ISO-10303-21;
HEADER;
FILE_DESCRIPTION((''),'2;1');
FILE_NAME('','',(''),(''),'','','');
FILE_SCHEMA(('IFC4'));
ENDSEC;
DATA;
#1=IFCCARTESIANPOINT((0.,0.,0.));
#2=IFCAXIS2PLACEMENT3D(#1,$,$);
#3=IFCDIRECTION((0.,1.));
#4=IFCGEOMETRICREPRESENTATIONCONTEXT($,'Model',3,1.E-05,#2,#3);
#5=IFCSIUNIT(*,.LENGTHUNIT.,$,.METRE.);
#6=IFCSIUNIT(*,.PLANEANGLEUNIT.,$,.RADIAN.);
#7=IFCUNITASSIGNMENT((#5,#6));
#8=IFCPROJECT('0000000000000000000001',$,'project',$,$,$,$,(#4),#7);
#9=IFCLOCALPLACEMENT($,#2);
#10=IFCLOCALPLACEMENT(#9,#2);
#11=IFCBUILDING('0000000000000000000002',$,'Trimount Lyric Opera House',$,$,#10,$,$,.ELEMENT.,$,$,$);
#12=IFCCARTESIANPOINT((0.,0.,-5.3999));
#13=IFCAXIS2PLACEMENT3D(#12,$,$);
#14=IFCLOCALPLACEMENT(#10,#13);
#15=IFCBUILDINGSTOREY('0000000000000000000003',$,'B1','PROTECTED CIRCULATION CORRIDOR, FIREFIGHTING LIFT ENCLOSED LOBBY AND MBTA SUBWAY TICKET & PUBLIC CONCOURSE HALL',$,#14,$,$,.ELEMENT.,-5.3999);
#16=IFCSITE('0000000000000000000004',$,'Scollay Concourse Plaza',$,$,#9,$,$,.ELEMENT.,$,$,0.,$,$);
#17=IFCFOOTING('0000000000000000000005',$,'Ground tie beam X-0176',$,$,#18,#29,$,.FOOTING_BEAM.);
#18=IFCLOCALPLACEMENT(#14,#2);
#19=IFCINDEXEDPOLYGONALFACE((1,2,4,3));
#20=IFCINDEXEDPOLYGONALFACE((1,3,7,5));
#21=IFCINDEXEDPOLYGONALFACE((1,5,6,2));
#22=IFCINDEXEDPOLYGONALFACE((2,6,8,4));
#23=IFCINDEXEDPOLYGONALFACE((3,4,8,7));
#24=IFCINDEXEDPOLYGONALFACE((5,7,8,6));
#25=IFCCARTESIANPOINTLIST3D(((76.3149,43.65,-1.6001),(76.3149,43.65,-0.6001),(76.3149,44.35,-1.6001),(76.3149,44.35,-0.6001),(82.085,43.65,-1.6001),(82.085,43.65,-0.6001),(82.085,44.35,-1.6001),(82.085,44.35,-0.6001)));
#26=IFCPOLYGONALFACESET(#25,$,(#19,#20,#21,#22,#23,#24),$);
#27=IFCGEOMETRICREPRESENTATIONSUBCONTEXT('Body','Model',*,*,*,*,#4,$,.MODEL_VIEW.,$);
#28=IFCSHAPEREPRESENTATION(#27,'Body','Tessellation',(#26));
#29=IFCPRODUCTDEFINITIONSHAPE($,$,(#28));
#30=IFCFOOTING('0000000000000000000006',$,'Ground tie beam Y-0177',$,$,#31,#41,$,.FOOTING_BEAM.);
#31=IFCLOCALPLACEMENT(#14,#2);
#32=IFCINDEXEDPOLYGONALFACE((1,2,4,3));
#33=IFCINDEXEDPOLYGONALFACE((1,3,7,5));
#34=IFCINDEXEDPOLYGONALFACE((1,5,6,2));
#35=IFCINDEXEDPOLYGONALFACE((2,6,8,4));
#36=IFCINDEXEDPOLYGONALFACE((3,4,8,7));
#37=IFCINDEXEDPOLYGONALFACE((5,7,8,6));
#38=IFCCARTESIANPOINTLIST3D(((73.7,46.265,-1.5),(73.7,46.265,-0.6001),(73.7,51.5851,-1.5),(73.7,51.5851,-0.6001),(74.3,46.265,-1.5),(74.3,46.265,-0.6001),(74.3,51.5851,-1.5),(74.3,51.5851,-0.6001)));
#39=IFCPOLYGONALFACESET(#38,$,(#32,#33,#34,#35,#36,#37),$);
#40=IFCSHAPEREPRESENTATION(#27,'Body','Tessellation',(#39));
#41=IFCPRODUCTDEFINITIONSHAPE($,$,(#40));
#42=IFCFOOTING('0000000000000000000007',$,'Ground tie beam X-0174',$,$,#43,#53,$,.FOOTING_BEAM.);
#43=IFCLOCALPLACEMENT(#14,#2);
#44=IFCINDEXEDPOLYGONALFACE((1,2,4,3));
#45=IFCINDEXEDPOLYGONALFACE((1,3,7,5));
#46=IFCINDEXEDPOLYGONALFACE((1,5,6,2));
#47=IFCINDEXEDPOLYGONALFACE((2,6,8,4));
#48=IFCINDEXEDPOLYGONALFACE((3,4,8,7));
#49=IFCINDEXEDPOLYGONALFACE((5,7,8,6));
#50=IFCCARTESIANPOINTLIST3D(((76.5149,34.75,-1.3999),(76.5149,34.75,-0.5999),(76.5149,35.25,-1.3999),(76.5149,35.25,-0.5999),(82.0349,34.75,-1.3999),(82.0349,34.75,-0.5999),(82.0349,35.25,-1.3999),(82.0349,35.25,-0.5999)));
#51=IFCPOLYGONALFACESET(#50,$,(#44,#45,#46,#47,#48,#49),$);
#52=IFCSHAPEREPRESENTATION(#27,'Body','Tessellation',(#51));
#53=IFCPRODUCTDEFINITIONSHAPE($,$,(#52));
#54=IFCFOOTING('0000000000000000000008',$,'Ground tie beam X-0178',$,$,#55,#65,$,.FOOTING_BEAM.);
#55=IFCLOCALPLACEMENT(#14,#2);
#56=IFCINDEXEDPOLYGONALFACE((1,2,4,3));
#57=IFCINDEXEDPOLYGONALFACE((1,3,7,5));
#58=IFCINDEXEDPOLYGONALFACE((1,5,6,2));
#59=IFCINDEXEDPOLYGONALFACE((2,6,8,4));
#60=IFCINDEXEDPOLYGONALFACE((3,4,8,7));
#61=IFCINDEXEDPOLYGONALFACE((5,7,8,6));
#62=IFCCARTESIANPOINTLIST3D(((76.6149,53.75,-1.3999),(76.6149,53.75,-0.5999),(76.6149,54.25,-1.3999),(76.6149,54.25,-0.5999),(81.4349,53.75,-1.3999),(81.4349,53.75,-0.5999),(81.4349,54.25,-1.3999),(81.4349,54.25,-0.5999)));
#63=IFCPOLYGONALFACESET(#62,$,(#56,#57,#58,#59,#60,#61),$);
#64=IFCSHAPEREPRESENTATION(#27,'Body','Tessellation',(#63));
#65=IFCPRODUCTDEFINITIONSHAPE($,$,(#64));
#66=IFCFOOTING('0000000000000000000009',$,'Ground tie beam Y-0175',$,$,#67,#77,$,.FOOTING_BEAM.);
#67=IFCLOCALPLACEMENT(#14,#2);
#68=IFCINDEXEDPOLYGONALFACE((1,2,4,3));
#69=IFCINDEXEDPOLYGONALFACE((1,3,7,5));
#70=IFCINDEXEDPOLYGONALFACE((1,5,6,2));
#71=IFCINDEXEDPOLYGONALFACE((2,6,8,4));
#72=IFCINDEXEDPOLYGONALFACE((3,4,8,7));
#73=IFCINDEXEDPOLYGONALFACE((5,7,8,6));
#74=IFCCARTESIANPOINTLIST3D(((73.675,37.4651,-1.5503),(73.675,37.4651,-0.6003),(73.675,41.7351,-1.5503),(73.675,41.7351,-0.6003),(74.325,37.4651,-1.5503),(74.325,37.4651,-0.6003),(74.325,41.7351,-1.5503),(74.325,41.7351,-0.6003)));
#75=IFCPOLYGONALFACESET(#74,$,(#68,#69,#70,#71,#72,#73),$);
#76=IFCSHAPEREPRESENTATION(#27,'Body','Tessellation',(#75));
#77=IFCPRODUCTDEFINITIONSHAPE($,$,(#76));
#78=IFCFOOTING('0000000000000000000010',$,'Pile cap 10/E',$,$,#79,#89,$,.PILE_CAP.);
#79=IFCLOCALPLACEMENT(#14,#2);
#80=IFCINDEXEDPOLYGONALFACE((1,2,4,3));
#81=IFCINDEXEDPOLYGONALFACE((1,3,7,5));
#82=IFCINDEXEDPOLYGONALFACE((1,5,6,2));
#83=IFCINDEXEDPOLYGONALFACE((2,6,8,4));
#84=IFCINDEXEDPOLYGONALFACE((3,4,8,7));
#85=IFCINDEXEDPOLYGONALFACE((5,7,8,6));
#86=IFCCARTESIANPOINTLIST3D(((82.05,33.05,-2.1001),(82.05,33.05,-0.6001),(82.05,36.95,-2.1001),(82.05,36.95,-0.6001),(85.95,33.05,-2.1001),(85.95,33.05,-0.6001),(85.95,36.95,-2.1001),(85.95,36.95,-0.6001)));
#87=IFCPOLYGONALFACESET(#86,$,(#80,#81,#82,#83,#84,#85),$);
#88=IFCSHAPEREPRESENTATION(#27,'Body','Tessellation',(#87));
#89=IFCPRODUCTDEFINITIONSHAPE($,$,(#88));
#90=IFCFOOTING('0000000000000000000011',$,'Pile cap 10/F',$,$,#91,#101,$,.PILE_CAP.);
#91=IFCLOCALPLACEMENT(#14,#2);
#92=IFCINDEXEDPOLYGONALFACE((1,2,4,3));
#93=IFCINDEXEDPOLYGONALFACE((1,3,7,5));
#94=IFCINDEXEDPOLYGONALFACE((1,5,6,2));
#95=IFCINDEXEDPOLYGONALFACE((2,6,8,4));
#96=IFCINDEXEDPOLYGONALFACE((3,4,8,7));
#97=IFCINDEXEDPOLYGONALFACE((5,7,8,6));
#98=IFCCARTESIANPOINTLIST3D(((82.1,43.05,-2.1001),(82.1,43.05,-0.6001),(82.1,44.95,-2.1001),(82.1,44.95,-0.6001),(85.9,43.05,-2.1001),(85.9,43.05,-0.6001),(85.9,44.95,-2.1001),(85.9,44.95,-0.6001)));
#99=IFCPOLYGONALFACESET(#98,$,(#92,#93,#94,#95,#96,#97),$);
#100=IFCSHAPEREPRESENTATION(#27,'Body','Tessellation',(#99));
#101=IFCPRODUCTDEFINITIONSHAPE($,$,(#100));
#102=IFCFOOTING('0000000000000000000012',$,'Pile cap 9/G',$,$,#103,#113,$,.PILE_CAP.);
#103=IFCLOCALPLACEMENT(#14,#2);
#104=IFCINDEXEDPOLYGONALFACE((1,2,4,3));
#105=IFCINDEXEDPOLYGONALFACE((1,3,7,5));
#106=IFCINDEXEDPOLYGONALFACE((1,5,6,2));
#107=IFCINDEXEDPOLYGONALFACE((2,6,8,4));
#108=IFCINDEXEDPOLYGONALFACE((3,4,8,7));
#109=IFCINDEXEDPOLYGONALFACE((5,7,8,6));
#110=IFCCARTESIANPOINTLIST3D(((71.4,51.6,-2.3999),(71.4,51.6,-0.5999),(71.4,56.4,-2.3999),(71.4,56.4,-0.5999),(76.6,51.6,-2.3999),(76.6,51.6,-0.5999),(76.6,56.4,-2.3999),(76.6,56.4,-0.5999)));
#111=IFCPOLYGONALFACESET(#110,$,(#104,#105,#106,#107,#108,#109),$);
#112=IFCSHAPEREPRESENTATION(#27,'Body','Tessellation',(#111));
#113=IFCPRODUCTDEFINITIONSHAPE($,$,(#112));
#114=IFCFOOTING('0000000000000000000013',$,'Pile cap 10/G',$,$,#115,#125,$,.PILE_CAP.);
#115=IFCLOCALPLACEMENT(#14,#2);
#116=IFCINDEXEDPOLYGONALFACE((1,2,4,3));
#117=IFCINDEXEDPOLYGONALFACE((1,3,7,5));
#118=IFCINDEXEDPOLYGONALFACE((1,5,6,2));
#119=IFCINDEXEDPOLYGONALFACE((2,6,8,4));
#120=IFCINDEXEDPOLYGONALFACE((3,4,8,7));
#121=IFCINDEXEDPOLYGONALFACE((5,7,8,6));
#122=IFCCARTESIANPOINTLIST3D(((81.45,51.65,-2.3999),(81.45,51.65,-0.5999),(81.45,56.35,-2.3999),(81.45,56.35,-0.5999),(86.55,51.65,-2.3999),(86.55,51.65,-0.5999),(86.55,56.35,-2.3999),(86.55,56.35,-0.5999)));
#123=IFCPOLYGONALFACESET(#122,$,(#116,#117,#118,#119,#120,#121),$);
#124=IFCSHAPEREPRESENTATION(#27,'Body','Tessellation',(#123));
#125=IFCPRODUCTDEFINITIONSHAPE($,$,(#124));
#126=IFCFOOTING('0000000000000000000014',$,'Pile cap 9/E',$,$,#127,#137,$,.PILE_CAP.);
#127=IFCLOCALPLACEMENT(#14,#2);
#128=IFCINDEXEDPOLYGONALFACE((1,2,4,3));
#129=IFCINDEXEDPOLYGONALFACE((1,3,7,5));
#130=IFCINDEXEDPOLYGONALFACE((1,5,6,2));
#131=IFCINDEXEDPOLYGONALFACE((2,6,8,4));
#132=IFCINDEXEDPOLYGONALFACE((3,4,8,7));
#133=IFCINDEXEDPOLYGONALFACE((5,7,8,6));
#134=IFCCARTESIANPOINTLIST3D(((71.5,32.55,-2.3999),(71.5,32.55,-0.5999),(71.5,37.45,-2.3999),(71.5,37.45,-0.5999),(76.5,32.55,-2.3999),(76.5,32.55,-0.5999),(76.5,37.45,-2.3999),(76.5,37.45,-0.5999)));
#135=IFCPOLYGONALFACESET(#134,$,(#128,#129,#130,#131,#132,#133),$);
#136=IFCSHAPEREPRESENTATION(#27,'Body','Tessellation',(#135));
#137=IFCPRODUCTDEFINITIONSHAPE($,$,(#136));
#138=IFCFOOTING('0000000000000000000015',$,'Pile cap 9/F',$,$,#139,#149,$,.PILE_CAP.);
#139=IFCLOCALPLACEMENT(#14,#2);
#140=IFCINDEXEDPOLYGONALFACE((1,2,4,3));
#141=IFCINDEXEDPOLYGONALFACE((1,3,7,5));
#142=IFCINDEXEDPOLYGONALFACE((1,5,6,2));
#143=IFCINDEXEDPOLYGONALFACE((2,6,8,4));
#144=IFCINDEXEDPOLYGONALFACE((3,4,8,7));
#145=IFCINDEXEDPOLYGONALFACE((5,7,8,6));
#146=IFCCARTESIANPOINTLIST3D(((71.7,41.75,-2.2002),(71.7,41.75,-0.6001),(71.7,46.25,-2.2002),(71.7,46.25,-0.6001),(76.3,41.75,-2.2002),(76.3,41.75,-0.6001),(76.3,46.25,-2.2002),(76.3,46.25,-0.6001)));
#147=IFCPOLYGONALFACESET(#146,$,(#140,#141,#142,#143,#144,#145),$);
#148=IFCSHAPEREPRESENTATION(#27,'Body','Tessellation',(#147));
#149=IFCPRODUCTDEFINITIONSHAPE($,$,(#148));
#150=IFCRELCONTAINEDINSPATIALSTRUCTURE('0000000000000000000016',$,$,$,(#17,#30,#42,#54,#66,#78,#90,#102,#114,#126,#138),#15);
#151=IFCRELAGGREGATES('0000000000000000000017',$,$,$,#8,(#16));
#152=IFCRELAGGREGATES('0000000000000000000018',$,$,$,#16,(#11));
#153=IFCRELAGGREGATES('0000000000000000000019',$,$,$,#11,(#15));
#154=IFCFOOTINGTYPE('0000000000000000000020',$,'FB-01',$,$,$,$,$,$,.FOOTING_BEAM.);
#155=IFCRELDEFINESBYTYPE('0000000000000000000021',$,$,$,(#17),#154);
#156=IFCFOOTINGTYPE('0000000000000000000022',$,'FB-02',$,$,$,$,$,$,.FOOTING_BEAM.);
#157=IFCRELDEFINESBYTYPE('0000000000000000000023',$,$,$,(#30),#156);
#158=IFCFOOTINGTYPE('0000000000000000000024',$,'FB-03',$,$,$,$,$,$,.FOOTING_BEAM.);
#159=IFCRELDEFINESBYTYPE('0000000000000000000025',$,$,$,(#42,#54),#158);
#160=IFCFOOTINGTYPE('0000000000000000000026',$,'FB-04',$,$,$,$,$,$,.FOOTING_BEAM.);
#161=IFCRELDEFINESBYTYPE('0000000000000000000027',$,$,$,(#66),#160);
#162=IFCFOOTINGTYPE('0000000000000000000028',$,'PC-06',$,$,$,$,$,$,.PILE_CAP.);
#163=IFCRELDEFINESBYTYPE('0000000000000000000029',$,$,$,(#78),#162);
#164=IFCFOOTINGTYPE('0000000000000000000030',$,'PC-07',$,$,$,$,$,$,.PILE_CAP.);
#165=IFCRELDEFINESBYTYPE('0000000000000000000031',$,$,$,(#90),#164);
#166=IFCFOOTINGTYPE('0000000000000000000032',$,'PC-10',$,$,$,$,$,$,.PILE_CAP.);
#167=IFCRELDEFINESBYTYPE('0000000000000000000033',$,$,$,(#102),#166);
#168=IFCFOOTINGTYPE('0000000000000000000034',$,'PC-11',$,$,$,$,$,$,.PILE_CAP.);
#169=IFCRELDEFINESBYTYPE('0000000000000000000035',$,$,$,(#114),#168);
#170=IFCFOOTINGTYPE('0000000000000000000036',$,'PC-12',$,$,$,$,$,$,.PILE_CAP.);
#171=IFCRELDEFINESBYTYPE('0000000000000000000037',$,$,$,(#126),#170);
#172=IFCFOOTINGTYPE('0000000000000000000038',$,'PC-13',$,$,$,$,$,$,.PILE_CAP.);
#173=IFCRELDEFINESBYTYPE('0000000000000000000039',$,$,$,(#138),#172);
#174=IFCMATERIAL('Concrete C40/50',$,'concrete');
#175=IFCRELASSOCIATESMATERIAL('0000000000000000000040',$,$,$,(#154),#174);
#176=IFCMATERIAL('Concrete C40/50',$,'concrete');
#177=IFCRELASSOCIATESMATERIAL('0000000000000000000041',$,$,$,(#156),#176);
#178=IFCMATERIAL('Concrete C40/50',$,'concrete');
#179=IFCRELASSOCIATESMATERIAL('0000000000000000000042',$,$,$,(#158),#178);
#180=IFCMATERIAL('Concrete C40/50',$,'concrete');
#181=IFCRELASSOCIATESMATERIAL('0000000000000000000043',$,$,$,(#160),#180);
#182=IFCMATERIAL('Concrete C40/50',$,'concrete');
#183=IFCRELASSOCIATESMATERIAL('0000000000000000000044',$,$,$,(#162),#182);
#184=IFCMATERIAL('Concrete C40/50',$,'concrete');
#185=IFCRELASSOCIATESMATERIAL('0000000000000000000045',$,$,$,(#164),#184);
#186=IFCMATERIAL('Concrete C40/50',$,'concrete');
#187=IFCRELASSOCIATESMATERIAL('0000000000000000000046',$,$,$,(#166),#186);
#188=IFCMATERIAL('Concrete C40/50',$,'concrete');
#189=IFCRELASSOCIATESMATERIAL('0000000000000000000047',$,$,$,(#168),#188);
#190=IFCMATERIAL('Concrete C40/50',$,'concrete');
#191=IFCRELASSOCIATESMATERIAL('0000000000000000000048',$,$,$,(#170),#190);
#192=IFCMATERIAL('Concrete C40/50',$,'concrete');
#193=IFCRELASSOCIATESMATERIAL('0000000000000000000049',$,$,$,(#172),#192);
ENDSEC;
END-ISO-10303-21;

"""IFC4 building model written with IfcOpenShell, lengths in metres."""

from ifc_helpers import new_model, si_unit, direction, frame, origin, origin_2d, place, context, subcontext, project, spatial, rectangle, extrude, material, type_object, element, save


model = new_model("IFC4")

# Units and contexts
model_context = context("Model", 3, precision=1e-05, world=origin(), true_north=direction((0.0, 1.0)))
body_context = subcontext(model_context, "Body", "Model", "MODEL_VIEW")
ifc_project = project(units=[si_unit("LENGTHUNIT", "METRE"), si_unit("PLANEANGLEUNIT", "RADIAN")], contexts=[model_context])

# Site, building, storey
site_placement = place(None, origin())
site = spatial("IfcSite", under=ifc_project, at=site_placement, Name="Scollay Concourse Plaza", CompositionType="ELEMENT", RefElevation=0.0)
building_placement = place(site_placement, origin())
building = spatial("IfcBuilding", under=site, at=building_placement, Name="Trimount Lyric Opera House", CompositionType="ELEMENT")
storey_placement = place(building_placement, frame((0.0, 0.0, -5.3999)))
storey = spatial("IfcBuildingStorey", under=building, at=storey_placement, Name="B1", Description="PROTECTED CIRCULATION CORRIDOR, FIREFIGHTING LIFT ENCLOSED LOBBY AND MBTA SUBWAY TICKET & PUBLIC CONCOURSE HALL", CompositionType="ELEMENT", Elevation=-5.3999)

# Footings
ifc_material_1 = material(Name="Concrete C40/50", Category="concrete")
footing_type_1 = type_object("IfcFootingType", Name="FB-01", PredefinedType="FOOTING_BEAM", material=ifc_material_1)
footing_1_placement = place(storey_placement, frame((79.2, 44.0, -1.6001), z_axis=(0.0, 0.0, 1.0), x_axis=(1.0, 0.0, 0.0)))
element("IfcFooting", 1, at=footing_1_placement, inside=storey, type_object=footing_type_1, Name="Ground tie beam X-0176", PredefinedType="FOOTING_BEAM", context=body_context, shape_type="SweptSolid", body=[
    extrude(rectangle(XDim=5.77, YDim=0.7, at=origin_2d()), origin(), (0.0, 0.0, 1.0), 1.0),
])
ifc_material_2 = material(Name="Concrete C40/50", Category="concrete")
footing_type_2 = type_object("IfcFootingType", Name="FB-02", PredefinedType="FOOTING_BEAM", material=ifc_material_2)
footing_2_placement = place(storey_placement, frame((74.0, 48.925, -1.5), z_axis=(0.0, 0.0, 1.0), x_axis=(1.0, 0.0, 0.0)))
element("IfcFooting", 2, at=footing_2_placement, inside=storey, type_object=footing_type_2, Name="Ground tie beam Y-0177", PredefinedType="FOOTING_BEAM", context=body_context, shape_type="SweptSolid", body=[
    extrude(rectangle(XDim=0.6001, YDim=5.3201, at=origin_2d()), origin(), (0.0, 0.0, 1.0), 0.8999),
])
ifc_material_3 = material(Name="Concrete C40/50", Category="concrete")
footing_type_3 = type_object("IfcFootingType", Name="FB-03", PredefinedType="FOOTING_BEAM", material=ifc_material_3)
footing_3_placement = place(storey_placement, frame((79.2749, 35.0, -1.3999), z_axis=(0.0, 0.0, 1.0), x_axis=(1.0, 0.0, 0.0)))
element("IfcFooting", 3, at=footing_3_placement, inside=storey, type_object=footing_type_3, Name="Ground tie beam X-0174", PredefinedType="FOOTING_BEAM", context=body_context, shape_type="SweptSolid", body=[
    extrude(rectangle(XDim=5.52, YDim=0.5, at=origin_2d()), origin(), (0.0, 0.0, 1.0), 0.8),
])
footing_4_placement = place(storey_placement, frame((79.0249, 54.0, -1.3999), z_axis=(0.0, 0.0, 1.0), x_axis=(1.0, 0.0, 0.0)))
element("IfcFooting", 4, at=footing_4_placement, inside=storey, type_object=footing_type_3, Name="Ground tie beam X-0178", PredefinedType="FOOTING_BEAM", context=body_context, shape_type="SweptSolid", body=[
    extrude(rectangle(XDim=4.8201, YDim=0.5, at=origin_2d()), origin(), (0.0, 0.0, 1.0), 0.8),
])
ifc_material_4 = material(Name="Concrete C40/50", Category="concrete")
footing_type_4 = type_object("IfcFootingType", Name="FB-04", PredefinedType="FOOTING_BEAM", material=ifc_material_4)
footing_5_placement = place(storey_placement, frame((74.0, 39.6001, -1.5503), z_axis=(0.0, 0.0, 1.0), x_axis=(1.0, 0.0, 0.0)))
element("IfcFooting", 5, at=footing_5_placement, inside=storey, type_object=footing_type_4, Name="Ground tie beam Y-0175", PredefinedType="FOOTING_BEAM", context=body_context, shape_type="SweptSolid", body=[
    extrude(rectangle(XDim=0.6499, YDim=4.27, at=origin_2d()), origin(), (0.0, 0.0, 1.0), 0.95),
])
ifc_material_5 = material(Name="Concrete C40/50", Category="concrete")
footing_type_5 = type_object("IfcFootingType", Name="PC-06", PredefinedType="PILE_CAP", material=ifc_material_5)
footing_6_placement = place(storey_placement, frame((84.0, 35.0, -2.1001), z_axis=(0.0, 0.0, 1.0), x_axis=(1.0, 0.0, 0.0)))
element("IfcFooting", 6, at=footing_6_placement, inside=storey, type_object=footing_type_5, Name="Pile cap 10/E", PredefinedType="PILE_CAP", context=body_context, shape_type="SweptSolid", body=[
    extrude(rectangle(XDim=3.8999, YDim=3.8999, at=origin_2d()), origin(), (0.0, 0.0, 1.0), 1.5),
])
ifc_material_6 = material(Name="Concrete C40/50", Category="concrete")
footing_type_6 = type_object("IfcFootingType", Name="PC-07", PredefinedType="PILE_CAP", material=ifc_material_6)
footing_7_placement = place(storey_placement, frame((84.0, 44.0, -2.1001), z_axis=(0.0, 0.0, 1.0), x_axis=(1.0, 0.0, 0.0)))
element("IfcFooting", 7, at=footing_7_placement, inside=storey, type_object=footing_type_6, Name="Pile cap 10/F", PredefinedType="PILE_CAP", context=body_context, shape_type="SweptSolid", body=[
    extrude(rectangle(XDim=3.8, YDim=1.8999, at=origin_2d()), origin(), (0.0, 0.0, 1.0), 1.5),
])
ifc_material_7 = material(Name="Concrete C40/50", Category="concrete")
footing_type_7 = type_object("IfcFootingType", Name="PC-10", PredefinedType="PILE_CAP", material=ifc_material_7)
footing_8_placement = place(storey_placement, frame((74.0, 54.0, -2.3999), z_axis=(0.0, 0.0, 1.0), x_axis=(1.0, 0.0, 0.0)))
element("IfcFooting", 8, at=footing_8_placement, inside=storey, type_object=footing_type_7, Name="Pile cap 9/G", PredefinedType="PILE_CAP", context=body_context, shape_type="SweptSolid", body=[
    extrude(rectangle(XDim=5.2, YDim=4.8, at=origin_2d()), origin(), (0.0, 0.0, 1.0), 1.8),
])
ifc_material_8 = material(Name="Concrete C40/50", Category="concrete")
footing_type_8 = type_object("IfcFootingType", Name="PC-11", PredefinedType="PILE_CAP", material=ifc_material_8)
footing_9_placement = place(storey_placement, frame((84.0, 54.0, -2.3999), z_axis=(0.0, 0.0, 1.0), x_axis=(1.0, 0.0, 0.0)))
element("IfcFooting", 9, at=footing_9_placement, inside=storey, type_object=footing_type_8, Name="Pile cap 10/G", PredefinedType="PILE_CAP", context=body_context, shape_type="SweptSolid", body=[
    extrude(rectangle(XDim=5.1001, YDim=4.7, at=origin_2d()), origin(), (0.0, 0.0, 1.0), 1.8),
])
ifc_material_9 = material(Name="Concrete C40/50", Category="concrete")
footing_type_9 = type_object("IfcFootingType", Name="PC-12", PredefinedType="PILE_CAP", material=ifc_material_9)
footing_10_placement = place(storey_placement, frame((74.0, 35.0, -2.3999), z_axis=(0.0, 0.0, 1.0), x_axis=(1.0, 0.0, 0.0)))
element("IfcFooting", 10, at=footing_10_placement, inside=storey, type_object=footing_type_9, Name="Pile cap 9/E", PredefinedType="PILE_CAP", context=body_context, shape_type="SweptSolid", body=[
    extrude(rectangle(XDim=5.0, YDim=4.8999, at=origin_2d()), origin(), (0.0, 0.0, 1.0), 1.8),
])
ifc_material_10 = material(Name="Concrete C40/50", Category="concrete")
footing_type_10 = type_object("IfcFootingType", Name="PC-13", PredefinedType="PILE_CAP", material=ifc_material_10)
footing_11_placement = place(storey_placement, frame((74.0, 44.0, -2.2002), z_axis=(0.0, 0.0, 1.0), x_axis=(1.0, 0.0, 0.0)))
element("IfcFooting", 11, at=footing_11_placement, inside=storey, type_object=footing_type_10, Name="Pile cap 9/F", PredefinedType="PILE_CAP", context=body_context, shape_type="SweptSolid", body=[
    extrude(rectangle(XDim=4.6001, YDim=4.5, at=origin_2d()), origin(), (0.0, 0.0, 1.0), 1.6001),
])

save(model, "model.ifc")
